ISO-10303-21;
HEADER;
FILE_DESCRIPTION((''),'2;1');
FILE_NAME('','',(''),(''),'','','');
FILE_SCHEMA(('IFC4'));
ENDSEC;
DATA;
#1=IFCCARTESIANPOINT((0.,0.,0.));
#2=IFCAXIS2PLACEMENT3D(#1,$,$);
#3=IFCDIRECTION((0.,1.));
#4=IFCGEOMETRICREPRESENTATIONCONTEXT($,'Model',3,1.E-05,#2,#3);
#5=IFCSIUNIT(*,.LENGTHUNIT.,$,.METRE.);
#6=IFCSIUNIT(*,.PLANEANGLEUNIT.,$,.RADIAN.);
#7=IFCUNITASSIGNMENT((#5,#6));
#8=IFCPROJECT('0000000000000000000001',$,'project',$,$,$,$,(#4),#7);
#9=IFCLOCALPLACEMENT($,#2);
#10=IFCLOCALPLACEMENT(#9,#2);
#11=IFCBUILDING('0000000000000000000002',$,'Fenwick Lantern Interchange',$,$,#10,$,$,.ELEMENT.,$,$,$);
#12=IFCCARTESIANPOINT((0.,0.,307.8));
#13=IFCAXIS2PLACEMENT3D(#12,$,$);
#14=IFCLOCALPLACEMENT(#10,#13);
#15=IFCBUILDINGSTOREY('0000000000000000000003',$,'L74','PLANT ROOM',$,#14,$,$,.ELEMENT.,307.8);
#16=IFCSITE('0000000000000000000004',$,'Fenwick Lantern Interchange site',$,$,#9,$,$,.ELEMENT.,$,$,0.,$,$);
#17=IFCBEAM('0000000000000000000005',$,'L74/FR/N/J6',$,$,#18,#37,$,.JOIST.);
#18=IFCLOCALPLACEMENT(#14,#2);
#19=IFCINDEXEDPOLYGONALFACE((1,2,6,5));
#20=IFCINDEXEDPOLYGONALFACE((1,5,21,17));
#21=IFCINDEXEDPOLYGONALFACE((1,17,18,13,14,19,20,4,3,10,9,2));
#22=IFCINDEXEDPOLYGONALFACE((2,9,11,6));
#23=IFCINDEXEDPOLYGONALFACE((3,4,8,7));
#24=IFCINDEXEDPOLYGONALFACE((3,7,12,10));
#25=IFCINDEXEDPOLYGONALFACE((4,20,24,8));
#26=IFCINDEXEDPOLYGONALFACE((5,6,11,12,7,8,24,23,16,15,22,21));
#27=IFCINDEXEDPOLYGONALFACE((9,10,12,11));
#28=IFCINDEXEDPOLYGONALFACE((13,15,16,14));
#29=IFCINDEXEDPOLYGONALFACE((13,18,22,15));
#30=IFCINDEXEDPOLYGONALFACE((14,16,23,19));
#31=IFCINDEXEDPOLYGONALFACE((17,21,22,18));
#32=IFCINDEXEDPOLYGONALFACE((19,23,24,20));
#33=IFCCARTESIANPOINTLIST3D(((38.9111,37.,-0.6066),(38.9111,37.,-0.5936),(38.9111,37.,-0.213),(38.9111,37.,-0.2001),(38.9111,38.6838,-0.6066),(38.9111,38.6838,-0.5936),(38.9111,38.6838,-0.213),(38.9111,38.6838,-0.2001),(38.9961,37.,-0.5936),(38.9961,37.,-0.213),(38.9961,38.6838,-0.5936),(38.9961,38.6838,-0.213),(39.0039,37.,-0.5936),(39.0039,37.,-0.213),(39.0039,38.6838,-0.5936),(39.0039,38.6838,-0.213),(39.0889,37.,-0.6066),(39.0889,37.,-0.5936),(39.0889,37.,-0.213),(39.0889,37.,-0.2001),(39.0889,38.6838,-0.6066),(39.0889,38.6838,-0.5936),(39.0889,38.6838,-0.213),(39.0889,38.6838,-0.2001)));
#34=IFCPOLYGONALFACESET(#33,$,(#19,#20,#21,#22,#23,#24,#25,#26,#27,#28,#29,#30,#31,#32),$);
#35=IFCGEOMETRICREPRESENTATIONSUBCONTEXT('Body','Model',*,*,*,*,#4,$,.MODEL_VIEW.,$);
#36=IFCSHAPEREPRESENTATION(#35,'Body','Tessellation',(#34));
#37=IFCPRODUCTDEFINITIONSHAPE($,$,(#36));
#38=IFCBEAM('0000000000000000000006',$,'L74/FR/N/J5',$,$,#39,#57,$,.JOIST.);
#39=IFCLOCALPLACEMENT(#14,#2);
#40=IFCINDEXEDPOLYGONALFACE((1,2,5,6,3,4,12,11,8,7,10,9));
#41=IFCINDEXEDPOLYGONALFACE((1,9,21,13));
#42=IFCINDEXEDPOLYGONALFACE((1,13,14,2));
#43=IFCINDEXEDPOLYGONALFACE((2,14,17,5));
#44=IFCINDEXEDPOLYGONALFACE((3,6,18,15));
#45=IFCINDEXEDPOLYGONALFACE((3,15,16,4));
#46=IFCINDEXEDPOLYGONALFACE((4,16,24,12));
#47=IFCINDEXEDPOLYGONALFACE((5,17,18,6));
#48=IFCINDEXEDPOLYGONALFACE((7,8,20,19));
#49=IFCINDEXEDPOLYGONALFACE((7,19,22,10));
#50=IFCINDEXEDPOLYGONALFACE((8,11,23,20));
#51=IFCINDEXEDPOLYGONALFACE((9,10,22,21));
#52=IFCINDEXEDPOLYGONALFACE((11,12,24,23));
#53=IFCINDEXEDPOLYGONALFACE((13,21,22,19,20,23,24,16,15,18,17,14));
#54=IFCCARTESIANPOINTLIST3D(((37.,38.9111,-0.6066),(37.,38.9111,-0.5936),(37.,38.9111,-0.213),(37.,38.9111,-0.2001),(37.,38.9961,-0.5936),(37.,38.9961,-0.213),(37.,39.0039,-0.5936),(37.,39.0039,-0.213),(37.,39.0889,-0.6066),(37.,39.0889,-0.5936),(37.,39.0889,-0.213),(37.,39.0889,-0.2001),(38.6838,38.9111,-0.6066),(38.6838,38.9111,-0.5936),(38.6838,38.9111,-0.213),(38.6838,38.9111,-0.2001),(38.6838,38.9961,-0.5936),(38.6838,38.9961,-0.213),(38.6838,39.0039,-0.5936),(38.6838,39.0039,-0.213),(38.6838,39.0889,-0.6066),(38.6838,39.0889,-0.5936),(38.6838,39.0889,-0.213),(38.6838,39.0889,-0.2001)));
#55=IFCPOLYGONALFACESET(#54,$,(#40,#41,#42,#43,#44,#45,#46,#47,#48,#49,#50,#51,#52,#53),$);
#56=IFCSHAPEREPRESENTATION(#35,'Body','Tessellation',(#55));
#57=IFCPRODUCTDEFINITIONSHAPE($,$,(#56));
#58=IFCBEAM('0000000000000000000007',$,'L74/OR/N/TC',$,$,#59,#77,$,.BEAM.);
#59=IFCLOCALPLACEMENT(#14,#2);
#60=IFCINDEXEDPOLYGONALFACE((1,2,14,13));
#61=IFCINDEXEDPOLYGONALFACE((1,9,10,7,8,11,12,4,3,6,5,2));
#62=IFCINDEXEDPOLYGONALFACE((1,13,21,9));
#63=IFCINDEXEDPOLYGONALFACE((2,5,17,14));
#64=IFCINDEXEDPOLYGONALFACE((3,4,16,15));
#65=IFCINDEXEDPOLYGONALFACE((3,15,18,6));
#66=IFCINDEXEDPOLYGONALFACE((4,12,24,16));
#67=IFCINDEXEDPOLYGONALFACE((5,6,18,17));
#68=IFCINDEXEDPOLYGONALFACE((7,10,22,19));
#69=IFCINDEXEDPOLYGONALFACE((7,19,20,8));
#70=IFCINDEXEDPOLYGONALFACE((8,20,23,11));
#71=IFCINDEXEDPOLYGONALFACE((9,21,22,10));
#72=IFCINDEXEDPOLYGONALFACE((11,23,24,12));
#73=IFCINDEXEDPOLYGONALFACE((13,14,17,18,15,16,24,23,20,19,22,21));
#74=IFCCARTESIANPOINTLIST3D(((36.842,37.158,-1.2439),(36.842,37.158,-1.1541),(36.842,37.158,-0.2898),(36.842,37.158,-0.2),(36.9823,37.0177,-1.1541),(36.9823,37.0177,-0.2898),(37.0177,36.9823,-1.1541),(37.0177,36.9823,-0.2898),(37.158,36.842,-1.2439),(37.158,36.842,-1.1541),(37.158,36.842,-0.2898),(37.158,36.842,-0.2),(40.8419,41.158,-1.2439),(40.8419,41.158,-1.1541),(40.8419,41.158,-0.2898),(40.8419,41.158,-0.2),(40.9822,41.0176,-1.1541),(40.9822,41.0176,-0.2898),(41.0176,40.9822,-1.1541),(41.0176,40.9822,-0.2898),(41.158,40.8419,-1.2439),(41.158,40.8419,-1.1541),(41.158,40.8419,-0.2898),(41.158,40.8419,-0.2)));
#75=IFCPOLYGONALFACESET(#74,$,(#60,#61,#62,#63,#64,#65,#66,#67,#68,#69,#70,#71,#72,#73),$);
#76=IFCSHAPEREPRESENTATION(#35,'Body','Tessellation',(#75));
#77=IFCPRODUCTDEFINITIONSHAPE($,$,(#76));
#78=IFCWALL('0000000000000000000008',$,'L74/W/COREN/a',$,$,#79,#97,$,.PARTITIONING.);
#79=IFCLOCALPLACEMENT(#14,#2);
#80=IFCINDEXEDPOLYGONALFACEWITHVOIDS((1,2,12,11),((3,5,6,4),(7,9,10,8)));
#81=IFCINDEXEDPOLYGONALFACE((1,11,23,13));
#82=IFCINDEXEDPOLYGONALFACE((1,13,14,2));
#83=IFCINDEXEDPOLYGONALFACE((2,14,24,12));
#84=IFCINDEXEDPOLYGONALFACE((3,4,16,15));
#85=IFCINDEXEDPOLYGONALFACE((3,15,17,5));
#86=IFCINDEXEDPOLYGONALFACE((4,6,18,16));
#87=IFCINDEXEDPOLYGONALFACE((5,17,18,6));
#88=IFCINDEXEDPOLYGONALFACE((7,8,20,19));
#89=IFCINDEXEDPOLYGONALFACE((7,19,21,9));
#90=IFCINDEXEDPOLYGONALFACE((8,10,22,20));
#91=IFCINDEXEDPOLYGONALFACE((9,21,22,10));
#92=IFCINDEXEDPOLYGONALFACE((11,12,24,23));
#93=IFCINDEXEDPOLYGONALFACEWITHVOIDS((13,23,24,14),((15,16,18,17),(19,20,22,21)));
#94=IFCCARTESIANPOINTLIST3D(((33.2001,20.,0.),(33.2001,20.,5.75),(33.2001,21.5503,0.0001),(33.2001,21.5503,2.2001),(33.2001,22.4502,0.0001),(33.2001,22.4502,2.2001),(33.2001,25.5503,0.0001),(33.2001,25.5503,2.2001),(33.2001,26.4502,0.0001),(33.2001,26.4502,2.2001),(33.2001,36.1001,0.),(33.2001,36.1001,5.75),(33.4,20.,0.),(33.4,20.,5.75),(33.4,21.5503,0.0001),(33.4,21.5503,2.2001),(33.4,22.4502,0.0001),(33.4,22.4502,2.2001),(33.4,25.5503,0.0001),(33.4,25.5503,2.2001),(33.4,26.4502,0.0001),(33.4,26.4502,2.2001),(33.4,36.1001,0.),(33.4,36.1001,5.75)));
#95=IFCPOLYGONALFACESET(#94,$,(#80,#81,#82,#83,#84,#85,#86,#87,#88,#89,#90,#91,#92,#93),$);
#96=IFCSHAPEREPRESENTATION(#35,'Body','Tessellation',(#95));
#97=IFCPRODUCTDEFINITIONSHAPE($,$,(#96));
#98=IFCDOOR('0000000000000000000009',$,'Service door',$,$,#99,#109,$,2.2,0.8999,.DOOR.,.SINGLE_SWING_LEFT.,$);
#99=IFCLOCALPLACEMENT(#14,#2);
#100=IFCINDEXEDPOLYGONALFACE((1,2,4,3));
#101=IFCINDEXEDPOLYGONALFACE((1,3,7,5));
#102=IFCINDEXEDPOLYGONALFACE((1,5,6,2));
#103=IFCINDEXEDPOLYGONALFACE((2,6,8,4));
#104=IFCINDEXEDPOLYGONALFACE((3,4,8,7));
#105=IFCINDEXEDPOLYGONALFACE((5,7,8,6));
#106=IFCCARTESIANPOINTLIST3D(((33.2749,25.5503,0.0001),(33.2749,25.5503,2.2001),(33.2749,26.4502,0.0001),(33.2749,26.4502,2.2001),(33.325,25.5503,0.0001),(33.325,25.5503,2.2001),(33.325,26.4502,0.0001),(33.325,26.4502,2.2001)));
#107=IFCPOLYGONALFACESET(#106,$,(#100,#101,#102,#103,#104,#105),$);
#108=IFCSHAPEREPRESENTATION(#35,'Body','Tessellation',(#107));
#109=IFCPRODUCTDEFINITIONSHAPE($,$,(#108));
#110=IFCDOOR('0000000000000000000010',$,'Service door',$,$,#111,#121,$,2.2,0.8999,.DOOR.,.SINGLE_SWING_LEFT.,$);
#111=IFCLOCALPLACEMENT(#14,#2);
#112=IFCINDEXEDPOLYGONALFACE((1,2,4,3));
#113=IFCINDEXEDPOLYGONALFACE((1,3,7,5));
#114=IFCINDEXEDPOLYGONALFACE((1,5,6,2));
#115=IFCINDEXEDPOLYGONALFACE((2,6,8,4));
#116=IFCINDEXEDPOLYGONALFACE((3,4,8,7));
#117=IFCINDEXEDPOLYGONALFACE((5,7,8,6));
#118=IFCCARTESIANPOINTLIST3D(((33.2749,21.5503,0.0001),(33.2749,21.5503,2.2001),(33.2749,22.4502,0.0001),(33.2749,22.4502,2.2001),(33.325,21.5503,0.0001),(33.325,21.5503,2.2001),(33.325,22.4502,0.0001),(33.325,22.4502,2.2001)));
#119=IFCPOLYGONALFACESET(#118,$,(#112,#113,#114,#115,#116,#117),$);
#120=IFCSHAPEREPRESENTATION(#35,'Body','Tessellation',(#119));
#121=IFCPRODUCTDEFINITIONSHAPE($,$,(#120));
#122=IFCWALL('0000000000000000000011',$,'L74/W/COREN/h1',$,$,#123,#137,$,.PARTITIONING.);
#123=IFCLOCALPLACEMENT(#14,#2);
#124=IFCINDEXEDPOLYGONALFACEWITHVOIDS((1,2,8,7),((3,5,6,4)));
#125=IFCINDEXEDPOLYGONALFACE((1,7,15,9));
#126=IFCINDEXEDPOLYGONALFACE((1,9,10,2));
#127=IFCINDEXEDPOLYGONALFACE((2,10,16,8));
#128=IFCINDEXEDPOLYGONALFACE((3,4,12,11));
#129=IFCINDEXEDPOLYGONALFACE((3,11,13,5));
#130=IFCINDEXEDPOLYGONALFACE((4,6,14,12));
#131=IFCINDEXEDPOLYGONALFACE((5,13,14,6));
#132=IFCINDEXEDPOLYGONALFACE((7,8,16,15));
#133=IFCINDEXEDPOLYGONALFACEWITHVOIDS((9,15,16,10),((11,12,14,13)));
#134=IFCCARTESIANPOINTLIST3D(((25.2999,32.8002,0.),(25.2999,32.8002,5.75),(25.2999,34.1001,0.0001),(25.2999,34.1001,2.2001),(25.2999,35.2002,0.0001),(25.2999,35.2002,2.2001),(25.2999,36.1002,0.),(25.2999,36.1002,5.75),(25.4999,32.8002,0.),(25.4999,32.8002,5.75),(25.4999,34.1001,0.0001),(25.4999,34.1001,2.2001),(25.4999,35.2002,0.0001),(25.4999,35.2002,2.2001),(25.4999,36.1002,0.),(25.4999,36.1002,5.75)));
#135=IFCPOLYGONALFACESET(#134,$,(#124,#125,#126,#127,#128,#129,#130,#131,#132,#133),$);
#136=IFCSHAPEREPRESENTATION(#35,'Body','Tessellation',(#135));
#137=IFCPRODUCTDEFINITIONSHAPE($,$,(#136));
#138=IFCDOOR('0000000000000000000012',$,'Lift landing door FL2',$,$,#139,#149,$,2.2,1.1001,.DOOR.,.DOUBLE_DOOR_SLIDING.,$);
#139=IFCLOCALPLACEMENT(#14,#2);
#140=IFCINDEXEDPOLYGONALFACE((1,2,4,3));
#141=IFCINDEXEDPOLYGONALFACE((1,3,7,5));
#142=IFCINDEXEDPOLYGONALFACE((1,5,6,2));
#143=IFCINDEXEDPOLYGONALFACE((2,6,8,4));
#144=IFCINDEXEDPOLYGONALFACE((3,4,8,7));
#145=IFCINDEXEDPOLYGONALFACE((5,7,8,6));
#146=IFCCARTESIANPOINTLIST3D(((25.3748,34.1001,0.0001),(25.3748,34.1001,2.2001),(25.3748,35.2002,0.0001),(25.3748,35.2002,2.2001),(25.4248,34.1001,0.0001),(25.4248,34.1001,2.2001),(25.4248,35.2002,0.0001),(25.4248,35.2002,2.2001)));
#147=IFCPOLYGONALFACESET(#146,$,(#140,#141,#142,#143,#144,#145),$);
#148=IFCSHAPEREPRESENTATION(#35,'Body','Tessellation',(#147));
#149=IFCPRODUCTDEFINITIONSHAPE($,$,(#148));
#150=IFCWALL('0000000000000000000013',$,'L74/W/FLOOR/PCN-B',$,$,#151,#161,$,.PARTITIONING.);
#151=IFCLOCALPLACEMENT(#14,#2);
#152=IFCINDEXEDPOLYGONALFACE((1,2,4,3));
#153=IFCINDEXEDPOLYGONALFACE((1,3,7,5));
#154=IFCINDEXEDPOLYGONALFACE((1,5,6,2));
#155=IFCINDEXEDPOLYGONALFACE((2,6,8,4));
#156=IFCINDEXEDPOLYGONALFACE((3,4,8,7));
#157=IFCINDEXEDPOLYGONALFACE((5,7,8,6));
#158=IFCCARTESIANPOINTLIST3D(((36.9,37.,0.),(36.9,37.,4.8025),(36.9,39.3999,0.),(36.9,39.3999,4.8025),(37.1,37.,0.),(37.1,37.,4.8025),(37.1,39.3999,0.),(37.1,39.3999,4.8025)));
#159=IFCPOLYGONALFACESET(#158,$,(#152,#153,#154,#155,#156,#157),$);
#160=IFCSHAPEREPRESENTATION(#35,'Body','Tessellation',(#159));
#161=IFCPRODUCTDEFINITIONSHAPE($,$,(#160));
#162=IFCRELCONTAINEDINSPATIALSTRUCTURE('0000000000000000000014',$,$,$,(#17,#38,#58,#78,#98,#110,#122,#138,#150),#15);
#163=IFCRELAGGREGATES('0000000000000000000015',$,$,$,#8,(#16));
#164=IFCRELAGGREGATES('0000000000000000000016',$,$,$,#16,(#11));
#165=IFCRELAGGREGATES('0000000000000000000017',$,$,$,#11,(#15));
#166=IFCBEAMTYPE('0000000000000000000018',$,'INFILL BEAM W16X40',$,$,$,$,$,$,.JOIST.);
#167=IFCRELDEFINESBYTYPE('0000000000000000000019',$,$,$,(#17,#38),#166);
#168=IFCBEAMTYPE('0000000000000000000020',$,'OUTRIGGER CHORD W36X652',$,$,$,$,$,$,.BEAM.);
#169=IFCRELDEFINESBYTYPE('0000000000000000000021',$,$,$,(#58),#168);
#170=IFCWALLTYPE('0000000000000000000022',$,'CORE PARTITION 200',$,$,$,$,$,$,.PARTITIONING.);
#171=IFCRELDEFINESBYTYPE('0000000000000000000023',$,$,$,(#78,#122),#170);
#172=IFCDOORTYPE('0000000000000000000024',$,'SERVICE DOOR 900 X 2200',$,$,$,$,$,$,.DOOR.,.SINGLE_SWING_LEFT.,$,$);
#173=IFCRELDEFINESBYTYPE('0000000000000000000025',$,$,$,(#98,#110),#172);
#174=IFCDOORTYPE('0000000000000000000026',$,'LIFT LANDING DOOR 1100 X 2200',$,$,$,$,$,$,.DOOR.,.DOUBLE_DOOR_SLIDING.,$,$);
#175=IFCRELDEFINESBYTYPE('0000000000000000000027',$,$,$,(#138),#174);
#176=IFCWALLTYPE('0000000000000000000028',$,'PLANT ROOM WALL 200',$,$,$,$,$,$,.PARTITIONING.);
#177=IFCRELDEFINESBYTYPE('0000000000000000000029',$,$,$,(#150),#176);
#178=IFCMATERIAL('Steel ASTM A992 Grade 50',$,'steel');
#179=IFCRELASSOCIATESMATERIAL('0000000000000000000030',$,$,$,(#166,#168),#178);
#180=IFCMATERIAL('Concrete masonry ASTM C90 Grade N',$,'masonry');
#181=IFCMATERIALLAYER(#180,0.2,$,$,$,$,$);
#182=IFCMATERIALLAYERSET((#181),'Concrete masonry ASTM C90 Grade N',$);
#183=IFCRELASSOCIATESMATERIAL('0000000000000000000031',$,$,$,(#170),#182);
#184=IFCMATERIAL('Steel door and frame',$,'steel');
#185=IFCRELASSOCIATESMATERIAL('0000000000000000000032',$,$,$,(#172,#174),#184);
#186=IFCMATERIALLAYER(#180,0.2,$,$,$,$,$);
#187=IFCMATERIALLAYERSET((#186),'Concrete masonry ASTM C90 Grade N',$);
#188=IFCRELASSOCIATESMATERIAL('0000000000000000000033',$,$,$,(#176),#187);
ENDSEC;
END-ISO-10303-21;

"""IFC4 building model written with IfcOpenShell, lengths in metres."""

from ifc_helpers import new_model, si_unit, direction, frame, frame_2d, origin, origin_2d, place, context, subcontext, project, spatial, rectangle, i_section, extrude, material, layer, layer_set, material_profile, profile_set, type_object, element, fill, save


model = new_model("IFC4")

# Units and contexts
model_context = context("Model", 3, precision=1e-05, world=origin(), true_north=direction((0.0, 1.0)))
body_context = subcontext(model_context, "Body", "Model", "MODEL_VIEW")
ifc_project = project(units=[si_unit("LENGTHUNIT", "METRE"), si_unit("PLANEANGLEUNIT", "RADIAN")], contexts=[model_context])

# Site, building, storey
site_placement = place(None, origin())
site = spatial("IfcSite", under=ifc_project, at=site_placement, Name="Fenwick Lantern Interchange site", CompositionType="ELEMENT", RefElevation=0.0)
building_placement = place(site_placement, origin())
building = spatial("IfcBuilding", under=site, at=building_placement, Name="Fenwick Lantern Interchange", CompositionType="ELEMENT")
storey_placement = place(building_placement, frame((0.0, 0.0, 307.8)))
storey = spatial("IfcBuildingStorey", under=building, at=storey_placement, Name="L74", Description="PLANT ROOM", CompositionType="ELEMENT", Elevation=307.8)

# Beams
ifc_material_1 = material(Name="Steel ASTM A992 Grade 50", Category="steel")
ifc_material_profile_1 = material_profile(ifc_material_1, i_section(OverallWidth=0.1777, OverallDepth=0.4065, WebThickness=0.0078, FlangeThickness=0.0129, at=origin_2d()), Name="W16X40")
ifc_profile_set_1 = profile_set([ifc_material_profile_1], Name="Steel ASTM A992 Grade 50")
beam_type_1 = type_object("IfcBeamType", Name="INFILL BEAM W16X40", PredefinedType="JOIST", material=ifc_profile_set_1)
for number, where, z_axis, x_axis, name in (
    (1, (39.0, 38.6838, -0.4033), (0.0, -1.0, 0.0), (1.0, 0.0, 0.0), "L74/FR/N/J6"),
    (2, (38.6838, 39.0, -0.4033), (-1.0, 0.0, 0.0), (0.0, -1.0, 0.0), "L74/FR/N/J5"),
):
    element("IfcBeam", number, at=place(storey_placement, frame(where, z_axis=z_axis, x_axis=x_axis)), inside=storey, type_object=beam_type_1, Name=name, PredefinedType="JOIST", context=body_context, shape_type="SweptSolid", body=[
        extrude(i_section(OverallWidth=0.1777, OverallDepth=0.4065, WebThickness=0.0078, FlangeThickness=0.0129, at=origin_2d()), origin(), (0.0, 0.0, 1.0), 1.6838),
    ])
ifc_material_profile_2 = material_profile(ifc_material_1, i_section(OverallWidth=0.447, OverallDepth=1.0439, WebThickness=0.05, FlangeThickness=0.0898, at=origin_2d()), Name="W36X652")
ifc_profile_set_2 = profile_set([ifc_material_profile_2], Name="Steel ASTM A992 Grade 50")
beam_type_2 = type_object("IfcBeamType", Name="OUTRIGGER CHORD W36X652", PredefinedType="BEAM", material=ifc_profile_set_2)
beam_placement = place(storey_placement, frame((37.0, 37.0, -0.7219), z_axis=(0.707107, 0.707107, 0.0), x_axis=(-0.707107, 0.707107, 0.0)))
element("IfcBeam", 3, at=beam_placement, inside=storey, type_object=beam_type_2, Name="L74/OR/N/TC", PredefinedType="BEAM", context=body_context, shape_type="SweptSolid", body=[
    extrude(i_section(OverallWidth=0.447, OverallDepth=1.0439, WebThickness=0.05, FlangeThickness=0.0898, at=origin_2d()), origin(), (0.0, 0.0, 1.0), 5.6567),
])

# Wall, openings, doors
ifc_material_2 = material(Name="Concrete masonry ASTM C90 Grade N", Category="masonry")
ifc_layer_1 = layer(ifc_material_2, 0.2)
ifc_layer_set_1 = layer_set([ifc_layer_1], Name="Concrete masonry ASTM C90 Grade N")
wall_type_1 = type_object("IfcWallType", Name="CORE PARTITION 200", PredefinedType="PARTITIONING", material=ifc_layer_set_1)
wall_1_placement = place(storey_placement, frame((33.3, 36.1001, 0.0), z_axis=(0.0, 0.0, 1.0), x_axis=(0.0, -1.0, 0.0)))
wall_1 = element("IfcWall", 4, at=wall_1_placement, inside=storey, type_object=wall_type_1, Name="L74/W/COREN/a", PredefinedType="PARTITIONING", context=body_context, shape_type="SweptSolid", body=[
    extrude(rectangle(XDim=16.1001, YDim=0.2, at=frame_2d((8.05, 0.0))), origin(), (0.0, 0.0, 1.0), 5.75),
])
opening_1_placement = place(wall_1_placement, frame((9.6499, 0.0, 0.0)))
opening_1 = element("IfcOpeningElement", 5, at=opening_1_placement, cuts=wall_1, PredefinedType="OPENING", context=body_context, shape_type="SweptSolid", body=[
    extrude(rectangle(XDim=0.8999, YDim=2.2, at=frame_2d((0.45, 1.1001))), frame((0.0, 0.1099, 0.0), z_axis=(0.0, -1.0, 0.0), x_axis=(1.0, 0.0, 0.0)), (0.0, 0.0, 1.0), 0.22),
])
opening_2_placement = place(wall_1_placement, frame((13.6499, 0.0, 0.0)))
opening_2 = element("IfcOpeningElement", 6, at=opening_2_placement, cuts=wall_1, PredefinedType="OPENING", context=body_context, shape_type="SweptSolid", body=[
    extrude(rectangle(XDim=0.8999, YDim=2.2, at=frame_2d((0.45, 1.1001))), frame((0.0, 0.1099, 0.0), z_axis=(0.0, -1.0, 0.0), x_axis=(1.0, 0.0, 0.0)), (0.0, 0.0, 1.0), 0.22),
])
ifc_material_3 = material(Name="Steel door and frame", Category="steel")
door_type_1 = type_object("IfcDoorType", Name="SERVICE DOOR 900 X 2200", OperationType="SINGLE_SWING_LEFT", PredefinedType="DOOR", material=ifc_material_3)
door_1_placement = place(opening_1_placement, origin())
door_1 = element("IfcDoor", 7, at=door_1_placement, inside=storey, type_object=door_type_1, Name="Service door", OperationType="SINGLE_SWING_LEFT", OverallHeight=2.2, OverallWidth=0.8999, PredefinedType="DOOR", context=body_context, shape_type="SweptSolid", body=[
    extrude(rectangle(XDim=0.8999, YDim=2.2, at=frame_2d((0.45, 1.1001))), frame((0.0, 0.0249, 0.0), z_axis=(0.0, -1.0, 0.0), x_axis=(1.0, 0.0, 0.0)), (0.0, 0.0, 1.0), 0.05),
])
fill(opening_1, door_1)
door_2_placement = place(opening_2_placement, origin())
door_2 = element("IfcDoor", 8, at=door_2_placement, inside=storey, type_object=door_type_1, Name="Service door", OperationType="SINGLE_SWING_LEFT", OverallHeight=2.2, OverallWidth=0.8999, PredefinedType="DOOR", context=body_context, shape_type="SweptSolid", body=[
    extrude(rectangle(XDim=0.8999, YDim=2.2, at=frame_2d((0.45, 1.1001))), frame((0.0, 0.0249, 0.0), z_axis=(0.0, -1.0, 0.0), x_axis=(1.0, 0.0, 0.0)), (0.0, 0.0, 1.0), 0.05),
])
fill(opening_2, door_2)

# Wall, opening, door
wall_2_placement = place(storey_placement, frame((25.3999, 36.1001, 0.0), z_axis=(0.0, 0.0, 1.0), x_axis=(0.0, -1.0, 0.0)))
wall_2 = element("IfcWall", 9, at=wall_2_placement, inside=storey, type_object=wall_type_1, Name="L74/W/COREN/h1", PredefinedType="PARTITIONING", context=body_context, shape_type="SweptSolid", body=[
    extrude(rectangle(XDim=3.3, YDim=0.2, at=frame_2d((1.6499, 0.0))), origin(), (0.0, 0.0, 1.0), 5.75),
])
opening_3_placement = place(wall_2_placement, frame((0.8999, 0.0, 0.0)))
opening_3 = element("IfcOpeningElement", 10, at=opening_3_placement, cuts=wall_2, PredefinedType="OPENING", context=body_context, shape_type="SweptSolid", body=[
    extrude(rectangle(XDim=1.1001, YDim=2.2, at=frame_2d((0.55, 1.1001))), frame((0.0, 0.1099, 0.0), z_axis=(0.0, -1.0, 0.0), x_axis=(1.0, 0.0, 0.0)), (0.0, 0.0, 1.0), 0.22),
])
door_type_2 = type_object("IfcDoorType", Name="LIFT LANDING DOOR 1100 X 2200", OperationType="DOUBLE_DOOR_SLIDING", PredefinedType="DOOR", material=ifc_material_3)
door_3_placement = place(opening_3_placement, origin())
door_3 = element("IfcDoor", 11, at=door_3_placement, inside=storey, type_object=door_type_2, Name="Lift landing door FL2", OperationType="DOUBLE_DOOR_SLIDING", OverallHeight=2.2, OverallWidth=1.1001, PredefinedType="DOOR", context=body_context, shape_type="SweptSolid", body=[
    extrude(rectangle(XDim=1.1001, YDim=2.2, at=frame_2d((0.55, 1.1001))), frame((0.0, 0.0249, 0.0), z_axis=(0.0, -1.0, 0.0), x_axis=(1.0, 0.0, 0.0)), (0.0, 0.0, 1.0), 0.05),
])
fill(opening_3, door_3)

# Wall
ifc_layer_2 = layer(ifc_material_2, 0.2)
ifc_layer_set_2 = layer_set([ifc_layer_2], Name="Concrete masonry ASTM C90 Grade N")
wall_type_2 = type_object("IfcWallType", Name="PLANT ROOM WALL 200", PredefinedType="PARTITIONING", material=ifc_layer_set_2)
wall_3_placement = place(storey_placement, frame((37.0, 37.0, 0.0), z_axis=(0.0, 0.0, 1.0), x_axis=(0.0, 1.0, 0.0)))
element("IfcWall", 12, at=wall_3_placement, inside=storey, type_object=wall_type_2, Name="L74/W/FLOOR/PCN-B", PredefinedType="PARTITIONING", context=body_context, shape_type="SweptSolid", body=[
    extrude(rectangle(XDim=2.3999, YDim=0.2, at=frame_2d((1.2, 0.0))), origin(), (0.0, 0.0, 1.0), 4.8025),
])

save(model, "model.ifc")
